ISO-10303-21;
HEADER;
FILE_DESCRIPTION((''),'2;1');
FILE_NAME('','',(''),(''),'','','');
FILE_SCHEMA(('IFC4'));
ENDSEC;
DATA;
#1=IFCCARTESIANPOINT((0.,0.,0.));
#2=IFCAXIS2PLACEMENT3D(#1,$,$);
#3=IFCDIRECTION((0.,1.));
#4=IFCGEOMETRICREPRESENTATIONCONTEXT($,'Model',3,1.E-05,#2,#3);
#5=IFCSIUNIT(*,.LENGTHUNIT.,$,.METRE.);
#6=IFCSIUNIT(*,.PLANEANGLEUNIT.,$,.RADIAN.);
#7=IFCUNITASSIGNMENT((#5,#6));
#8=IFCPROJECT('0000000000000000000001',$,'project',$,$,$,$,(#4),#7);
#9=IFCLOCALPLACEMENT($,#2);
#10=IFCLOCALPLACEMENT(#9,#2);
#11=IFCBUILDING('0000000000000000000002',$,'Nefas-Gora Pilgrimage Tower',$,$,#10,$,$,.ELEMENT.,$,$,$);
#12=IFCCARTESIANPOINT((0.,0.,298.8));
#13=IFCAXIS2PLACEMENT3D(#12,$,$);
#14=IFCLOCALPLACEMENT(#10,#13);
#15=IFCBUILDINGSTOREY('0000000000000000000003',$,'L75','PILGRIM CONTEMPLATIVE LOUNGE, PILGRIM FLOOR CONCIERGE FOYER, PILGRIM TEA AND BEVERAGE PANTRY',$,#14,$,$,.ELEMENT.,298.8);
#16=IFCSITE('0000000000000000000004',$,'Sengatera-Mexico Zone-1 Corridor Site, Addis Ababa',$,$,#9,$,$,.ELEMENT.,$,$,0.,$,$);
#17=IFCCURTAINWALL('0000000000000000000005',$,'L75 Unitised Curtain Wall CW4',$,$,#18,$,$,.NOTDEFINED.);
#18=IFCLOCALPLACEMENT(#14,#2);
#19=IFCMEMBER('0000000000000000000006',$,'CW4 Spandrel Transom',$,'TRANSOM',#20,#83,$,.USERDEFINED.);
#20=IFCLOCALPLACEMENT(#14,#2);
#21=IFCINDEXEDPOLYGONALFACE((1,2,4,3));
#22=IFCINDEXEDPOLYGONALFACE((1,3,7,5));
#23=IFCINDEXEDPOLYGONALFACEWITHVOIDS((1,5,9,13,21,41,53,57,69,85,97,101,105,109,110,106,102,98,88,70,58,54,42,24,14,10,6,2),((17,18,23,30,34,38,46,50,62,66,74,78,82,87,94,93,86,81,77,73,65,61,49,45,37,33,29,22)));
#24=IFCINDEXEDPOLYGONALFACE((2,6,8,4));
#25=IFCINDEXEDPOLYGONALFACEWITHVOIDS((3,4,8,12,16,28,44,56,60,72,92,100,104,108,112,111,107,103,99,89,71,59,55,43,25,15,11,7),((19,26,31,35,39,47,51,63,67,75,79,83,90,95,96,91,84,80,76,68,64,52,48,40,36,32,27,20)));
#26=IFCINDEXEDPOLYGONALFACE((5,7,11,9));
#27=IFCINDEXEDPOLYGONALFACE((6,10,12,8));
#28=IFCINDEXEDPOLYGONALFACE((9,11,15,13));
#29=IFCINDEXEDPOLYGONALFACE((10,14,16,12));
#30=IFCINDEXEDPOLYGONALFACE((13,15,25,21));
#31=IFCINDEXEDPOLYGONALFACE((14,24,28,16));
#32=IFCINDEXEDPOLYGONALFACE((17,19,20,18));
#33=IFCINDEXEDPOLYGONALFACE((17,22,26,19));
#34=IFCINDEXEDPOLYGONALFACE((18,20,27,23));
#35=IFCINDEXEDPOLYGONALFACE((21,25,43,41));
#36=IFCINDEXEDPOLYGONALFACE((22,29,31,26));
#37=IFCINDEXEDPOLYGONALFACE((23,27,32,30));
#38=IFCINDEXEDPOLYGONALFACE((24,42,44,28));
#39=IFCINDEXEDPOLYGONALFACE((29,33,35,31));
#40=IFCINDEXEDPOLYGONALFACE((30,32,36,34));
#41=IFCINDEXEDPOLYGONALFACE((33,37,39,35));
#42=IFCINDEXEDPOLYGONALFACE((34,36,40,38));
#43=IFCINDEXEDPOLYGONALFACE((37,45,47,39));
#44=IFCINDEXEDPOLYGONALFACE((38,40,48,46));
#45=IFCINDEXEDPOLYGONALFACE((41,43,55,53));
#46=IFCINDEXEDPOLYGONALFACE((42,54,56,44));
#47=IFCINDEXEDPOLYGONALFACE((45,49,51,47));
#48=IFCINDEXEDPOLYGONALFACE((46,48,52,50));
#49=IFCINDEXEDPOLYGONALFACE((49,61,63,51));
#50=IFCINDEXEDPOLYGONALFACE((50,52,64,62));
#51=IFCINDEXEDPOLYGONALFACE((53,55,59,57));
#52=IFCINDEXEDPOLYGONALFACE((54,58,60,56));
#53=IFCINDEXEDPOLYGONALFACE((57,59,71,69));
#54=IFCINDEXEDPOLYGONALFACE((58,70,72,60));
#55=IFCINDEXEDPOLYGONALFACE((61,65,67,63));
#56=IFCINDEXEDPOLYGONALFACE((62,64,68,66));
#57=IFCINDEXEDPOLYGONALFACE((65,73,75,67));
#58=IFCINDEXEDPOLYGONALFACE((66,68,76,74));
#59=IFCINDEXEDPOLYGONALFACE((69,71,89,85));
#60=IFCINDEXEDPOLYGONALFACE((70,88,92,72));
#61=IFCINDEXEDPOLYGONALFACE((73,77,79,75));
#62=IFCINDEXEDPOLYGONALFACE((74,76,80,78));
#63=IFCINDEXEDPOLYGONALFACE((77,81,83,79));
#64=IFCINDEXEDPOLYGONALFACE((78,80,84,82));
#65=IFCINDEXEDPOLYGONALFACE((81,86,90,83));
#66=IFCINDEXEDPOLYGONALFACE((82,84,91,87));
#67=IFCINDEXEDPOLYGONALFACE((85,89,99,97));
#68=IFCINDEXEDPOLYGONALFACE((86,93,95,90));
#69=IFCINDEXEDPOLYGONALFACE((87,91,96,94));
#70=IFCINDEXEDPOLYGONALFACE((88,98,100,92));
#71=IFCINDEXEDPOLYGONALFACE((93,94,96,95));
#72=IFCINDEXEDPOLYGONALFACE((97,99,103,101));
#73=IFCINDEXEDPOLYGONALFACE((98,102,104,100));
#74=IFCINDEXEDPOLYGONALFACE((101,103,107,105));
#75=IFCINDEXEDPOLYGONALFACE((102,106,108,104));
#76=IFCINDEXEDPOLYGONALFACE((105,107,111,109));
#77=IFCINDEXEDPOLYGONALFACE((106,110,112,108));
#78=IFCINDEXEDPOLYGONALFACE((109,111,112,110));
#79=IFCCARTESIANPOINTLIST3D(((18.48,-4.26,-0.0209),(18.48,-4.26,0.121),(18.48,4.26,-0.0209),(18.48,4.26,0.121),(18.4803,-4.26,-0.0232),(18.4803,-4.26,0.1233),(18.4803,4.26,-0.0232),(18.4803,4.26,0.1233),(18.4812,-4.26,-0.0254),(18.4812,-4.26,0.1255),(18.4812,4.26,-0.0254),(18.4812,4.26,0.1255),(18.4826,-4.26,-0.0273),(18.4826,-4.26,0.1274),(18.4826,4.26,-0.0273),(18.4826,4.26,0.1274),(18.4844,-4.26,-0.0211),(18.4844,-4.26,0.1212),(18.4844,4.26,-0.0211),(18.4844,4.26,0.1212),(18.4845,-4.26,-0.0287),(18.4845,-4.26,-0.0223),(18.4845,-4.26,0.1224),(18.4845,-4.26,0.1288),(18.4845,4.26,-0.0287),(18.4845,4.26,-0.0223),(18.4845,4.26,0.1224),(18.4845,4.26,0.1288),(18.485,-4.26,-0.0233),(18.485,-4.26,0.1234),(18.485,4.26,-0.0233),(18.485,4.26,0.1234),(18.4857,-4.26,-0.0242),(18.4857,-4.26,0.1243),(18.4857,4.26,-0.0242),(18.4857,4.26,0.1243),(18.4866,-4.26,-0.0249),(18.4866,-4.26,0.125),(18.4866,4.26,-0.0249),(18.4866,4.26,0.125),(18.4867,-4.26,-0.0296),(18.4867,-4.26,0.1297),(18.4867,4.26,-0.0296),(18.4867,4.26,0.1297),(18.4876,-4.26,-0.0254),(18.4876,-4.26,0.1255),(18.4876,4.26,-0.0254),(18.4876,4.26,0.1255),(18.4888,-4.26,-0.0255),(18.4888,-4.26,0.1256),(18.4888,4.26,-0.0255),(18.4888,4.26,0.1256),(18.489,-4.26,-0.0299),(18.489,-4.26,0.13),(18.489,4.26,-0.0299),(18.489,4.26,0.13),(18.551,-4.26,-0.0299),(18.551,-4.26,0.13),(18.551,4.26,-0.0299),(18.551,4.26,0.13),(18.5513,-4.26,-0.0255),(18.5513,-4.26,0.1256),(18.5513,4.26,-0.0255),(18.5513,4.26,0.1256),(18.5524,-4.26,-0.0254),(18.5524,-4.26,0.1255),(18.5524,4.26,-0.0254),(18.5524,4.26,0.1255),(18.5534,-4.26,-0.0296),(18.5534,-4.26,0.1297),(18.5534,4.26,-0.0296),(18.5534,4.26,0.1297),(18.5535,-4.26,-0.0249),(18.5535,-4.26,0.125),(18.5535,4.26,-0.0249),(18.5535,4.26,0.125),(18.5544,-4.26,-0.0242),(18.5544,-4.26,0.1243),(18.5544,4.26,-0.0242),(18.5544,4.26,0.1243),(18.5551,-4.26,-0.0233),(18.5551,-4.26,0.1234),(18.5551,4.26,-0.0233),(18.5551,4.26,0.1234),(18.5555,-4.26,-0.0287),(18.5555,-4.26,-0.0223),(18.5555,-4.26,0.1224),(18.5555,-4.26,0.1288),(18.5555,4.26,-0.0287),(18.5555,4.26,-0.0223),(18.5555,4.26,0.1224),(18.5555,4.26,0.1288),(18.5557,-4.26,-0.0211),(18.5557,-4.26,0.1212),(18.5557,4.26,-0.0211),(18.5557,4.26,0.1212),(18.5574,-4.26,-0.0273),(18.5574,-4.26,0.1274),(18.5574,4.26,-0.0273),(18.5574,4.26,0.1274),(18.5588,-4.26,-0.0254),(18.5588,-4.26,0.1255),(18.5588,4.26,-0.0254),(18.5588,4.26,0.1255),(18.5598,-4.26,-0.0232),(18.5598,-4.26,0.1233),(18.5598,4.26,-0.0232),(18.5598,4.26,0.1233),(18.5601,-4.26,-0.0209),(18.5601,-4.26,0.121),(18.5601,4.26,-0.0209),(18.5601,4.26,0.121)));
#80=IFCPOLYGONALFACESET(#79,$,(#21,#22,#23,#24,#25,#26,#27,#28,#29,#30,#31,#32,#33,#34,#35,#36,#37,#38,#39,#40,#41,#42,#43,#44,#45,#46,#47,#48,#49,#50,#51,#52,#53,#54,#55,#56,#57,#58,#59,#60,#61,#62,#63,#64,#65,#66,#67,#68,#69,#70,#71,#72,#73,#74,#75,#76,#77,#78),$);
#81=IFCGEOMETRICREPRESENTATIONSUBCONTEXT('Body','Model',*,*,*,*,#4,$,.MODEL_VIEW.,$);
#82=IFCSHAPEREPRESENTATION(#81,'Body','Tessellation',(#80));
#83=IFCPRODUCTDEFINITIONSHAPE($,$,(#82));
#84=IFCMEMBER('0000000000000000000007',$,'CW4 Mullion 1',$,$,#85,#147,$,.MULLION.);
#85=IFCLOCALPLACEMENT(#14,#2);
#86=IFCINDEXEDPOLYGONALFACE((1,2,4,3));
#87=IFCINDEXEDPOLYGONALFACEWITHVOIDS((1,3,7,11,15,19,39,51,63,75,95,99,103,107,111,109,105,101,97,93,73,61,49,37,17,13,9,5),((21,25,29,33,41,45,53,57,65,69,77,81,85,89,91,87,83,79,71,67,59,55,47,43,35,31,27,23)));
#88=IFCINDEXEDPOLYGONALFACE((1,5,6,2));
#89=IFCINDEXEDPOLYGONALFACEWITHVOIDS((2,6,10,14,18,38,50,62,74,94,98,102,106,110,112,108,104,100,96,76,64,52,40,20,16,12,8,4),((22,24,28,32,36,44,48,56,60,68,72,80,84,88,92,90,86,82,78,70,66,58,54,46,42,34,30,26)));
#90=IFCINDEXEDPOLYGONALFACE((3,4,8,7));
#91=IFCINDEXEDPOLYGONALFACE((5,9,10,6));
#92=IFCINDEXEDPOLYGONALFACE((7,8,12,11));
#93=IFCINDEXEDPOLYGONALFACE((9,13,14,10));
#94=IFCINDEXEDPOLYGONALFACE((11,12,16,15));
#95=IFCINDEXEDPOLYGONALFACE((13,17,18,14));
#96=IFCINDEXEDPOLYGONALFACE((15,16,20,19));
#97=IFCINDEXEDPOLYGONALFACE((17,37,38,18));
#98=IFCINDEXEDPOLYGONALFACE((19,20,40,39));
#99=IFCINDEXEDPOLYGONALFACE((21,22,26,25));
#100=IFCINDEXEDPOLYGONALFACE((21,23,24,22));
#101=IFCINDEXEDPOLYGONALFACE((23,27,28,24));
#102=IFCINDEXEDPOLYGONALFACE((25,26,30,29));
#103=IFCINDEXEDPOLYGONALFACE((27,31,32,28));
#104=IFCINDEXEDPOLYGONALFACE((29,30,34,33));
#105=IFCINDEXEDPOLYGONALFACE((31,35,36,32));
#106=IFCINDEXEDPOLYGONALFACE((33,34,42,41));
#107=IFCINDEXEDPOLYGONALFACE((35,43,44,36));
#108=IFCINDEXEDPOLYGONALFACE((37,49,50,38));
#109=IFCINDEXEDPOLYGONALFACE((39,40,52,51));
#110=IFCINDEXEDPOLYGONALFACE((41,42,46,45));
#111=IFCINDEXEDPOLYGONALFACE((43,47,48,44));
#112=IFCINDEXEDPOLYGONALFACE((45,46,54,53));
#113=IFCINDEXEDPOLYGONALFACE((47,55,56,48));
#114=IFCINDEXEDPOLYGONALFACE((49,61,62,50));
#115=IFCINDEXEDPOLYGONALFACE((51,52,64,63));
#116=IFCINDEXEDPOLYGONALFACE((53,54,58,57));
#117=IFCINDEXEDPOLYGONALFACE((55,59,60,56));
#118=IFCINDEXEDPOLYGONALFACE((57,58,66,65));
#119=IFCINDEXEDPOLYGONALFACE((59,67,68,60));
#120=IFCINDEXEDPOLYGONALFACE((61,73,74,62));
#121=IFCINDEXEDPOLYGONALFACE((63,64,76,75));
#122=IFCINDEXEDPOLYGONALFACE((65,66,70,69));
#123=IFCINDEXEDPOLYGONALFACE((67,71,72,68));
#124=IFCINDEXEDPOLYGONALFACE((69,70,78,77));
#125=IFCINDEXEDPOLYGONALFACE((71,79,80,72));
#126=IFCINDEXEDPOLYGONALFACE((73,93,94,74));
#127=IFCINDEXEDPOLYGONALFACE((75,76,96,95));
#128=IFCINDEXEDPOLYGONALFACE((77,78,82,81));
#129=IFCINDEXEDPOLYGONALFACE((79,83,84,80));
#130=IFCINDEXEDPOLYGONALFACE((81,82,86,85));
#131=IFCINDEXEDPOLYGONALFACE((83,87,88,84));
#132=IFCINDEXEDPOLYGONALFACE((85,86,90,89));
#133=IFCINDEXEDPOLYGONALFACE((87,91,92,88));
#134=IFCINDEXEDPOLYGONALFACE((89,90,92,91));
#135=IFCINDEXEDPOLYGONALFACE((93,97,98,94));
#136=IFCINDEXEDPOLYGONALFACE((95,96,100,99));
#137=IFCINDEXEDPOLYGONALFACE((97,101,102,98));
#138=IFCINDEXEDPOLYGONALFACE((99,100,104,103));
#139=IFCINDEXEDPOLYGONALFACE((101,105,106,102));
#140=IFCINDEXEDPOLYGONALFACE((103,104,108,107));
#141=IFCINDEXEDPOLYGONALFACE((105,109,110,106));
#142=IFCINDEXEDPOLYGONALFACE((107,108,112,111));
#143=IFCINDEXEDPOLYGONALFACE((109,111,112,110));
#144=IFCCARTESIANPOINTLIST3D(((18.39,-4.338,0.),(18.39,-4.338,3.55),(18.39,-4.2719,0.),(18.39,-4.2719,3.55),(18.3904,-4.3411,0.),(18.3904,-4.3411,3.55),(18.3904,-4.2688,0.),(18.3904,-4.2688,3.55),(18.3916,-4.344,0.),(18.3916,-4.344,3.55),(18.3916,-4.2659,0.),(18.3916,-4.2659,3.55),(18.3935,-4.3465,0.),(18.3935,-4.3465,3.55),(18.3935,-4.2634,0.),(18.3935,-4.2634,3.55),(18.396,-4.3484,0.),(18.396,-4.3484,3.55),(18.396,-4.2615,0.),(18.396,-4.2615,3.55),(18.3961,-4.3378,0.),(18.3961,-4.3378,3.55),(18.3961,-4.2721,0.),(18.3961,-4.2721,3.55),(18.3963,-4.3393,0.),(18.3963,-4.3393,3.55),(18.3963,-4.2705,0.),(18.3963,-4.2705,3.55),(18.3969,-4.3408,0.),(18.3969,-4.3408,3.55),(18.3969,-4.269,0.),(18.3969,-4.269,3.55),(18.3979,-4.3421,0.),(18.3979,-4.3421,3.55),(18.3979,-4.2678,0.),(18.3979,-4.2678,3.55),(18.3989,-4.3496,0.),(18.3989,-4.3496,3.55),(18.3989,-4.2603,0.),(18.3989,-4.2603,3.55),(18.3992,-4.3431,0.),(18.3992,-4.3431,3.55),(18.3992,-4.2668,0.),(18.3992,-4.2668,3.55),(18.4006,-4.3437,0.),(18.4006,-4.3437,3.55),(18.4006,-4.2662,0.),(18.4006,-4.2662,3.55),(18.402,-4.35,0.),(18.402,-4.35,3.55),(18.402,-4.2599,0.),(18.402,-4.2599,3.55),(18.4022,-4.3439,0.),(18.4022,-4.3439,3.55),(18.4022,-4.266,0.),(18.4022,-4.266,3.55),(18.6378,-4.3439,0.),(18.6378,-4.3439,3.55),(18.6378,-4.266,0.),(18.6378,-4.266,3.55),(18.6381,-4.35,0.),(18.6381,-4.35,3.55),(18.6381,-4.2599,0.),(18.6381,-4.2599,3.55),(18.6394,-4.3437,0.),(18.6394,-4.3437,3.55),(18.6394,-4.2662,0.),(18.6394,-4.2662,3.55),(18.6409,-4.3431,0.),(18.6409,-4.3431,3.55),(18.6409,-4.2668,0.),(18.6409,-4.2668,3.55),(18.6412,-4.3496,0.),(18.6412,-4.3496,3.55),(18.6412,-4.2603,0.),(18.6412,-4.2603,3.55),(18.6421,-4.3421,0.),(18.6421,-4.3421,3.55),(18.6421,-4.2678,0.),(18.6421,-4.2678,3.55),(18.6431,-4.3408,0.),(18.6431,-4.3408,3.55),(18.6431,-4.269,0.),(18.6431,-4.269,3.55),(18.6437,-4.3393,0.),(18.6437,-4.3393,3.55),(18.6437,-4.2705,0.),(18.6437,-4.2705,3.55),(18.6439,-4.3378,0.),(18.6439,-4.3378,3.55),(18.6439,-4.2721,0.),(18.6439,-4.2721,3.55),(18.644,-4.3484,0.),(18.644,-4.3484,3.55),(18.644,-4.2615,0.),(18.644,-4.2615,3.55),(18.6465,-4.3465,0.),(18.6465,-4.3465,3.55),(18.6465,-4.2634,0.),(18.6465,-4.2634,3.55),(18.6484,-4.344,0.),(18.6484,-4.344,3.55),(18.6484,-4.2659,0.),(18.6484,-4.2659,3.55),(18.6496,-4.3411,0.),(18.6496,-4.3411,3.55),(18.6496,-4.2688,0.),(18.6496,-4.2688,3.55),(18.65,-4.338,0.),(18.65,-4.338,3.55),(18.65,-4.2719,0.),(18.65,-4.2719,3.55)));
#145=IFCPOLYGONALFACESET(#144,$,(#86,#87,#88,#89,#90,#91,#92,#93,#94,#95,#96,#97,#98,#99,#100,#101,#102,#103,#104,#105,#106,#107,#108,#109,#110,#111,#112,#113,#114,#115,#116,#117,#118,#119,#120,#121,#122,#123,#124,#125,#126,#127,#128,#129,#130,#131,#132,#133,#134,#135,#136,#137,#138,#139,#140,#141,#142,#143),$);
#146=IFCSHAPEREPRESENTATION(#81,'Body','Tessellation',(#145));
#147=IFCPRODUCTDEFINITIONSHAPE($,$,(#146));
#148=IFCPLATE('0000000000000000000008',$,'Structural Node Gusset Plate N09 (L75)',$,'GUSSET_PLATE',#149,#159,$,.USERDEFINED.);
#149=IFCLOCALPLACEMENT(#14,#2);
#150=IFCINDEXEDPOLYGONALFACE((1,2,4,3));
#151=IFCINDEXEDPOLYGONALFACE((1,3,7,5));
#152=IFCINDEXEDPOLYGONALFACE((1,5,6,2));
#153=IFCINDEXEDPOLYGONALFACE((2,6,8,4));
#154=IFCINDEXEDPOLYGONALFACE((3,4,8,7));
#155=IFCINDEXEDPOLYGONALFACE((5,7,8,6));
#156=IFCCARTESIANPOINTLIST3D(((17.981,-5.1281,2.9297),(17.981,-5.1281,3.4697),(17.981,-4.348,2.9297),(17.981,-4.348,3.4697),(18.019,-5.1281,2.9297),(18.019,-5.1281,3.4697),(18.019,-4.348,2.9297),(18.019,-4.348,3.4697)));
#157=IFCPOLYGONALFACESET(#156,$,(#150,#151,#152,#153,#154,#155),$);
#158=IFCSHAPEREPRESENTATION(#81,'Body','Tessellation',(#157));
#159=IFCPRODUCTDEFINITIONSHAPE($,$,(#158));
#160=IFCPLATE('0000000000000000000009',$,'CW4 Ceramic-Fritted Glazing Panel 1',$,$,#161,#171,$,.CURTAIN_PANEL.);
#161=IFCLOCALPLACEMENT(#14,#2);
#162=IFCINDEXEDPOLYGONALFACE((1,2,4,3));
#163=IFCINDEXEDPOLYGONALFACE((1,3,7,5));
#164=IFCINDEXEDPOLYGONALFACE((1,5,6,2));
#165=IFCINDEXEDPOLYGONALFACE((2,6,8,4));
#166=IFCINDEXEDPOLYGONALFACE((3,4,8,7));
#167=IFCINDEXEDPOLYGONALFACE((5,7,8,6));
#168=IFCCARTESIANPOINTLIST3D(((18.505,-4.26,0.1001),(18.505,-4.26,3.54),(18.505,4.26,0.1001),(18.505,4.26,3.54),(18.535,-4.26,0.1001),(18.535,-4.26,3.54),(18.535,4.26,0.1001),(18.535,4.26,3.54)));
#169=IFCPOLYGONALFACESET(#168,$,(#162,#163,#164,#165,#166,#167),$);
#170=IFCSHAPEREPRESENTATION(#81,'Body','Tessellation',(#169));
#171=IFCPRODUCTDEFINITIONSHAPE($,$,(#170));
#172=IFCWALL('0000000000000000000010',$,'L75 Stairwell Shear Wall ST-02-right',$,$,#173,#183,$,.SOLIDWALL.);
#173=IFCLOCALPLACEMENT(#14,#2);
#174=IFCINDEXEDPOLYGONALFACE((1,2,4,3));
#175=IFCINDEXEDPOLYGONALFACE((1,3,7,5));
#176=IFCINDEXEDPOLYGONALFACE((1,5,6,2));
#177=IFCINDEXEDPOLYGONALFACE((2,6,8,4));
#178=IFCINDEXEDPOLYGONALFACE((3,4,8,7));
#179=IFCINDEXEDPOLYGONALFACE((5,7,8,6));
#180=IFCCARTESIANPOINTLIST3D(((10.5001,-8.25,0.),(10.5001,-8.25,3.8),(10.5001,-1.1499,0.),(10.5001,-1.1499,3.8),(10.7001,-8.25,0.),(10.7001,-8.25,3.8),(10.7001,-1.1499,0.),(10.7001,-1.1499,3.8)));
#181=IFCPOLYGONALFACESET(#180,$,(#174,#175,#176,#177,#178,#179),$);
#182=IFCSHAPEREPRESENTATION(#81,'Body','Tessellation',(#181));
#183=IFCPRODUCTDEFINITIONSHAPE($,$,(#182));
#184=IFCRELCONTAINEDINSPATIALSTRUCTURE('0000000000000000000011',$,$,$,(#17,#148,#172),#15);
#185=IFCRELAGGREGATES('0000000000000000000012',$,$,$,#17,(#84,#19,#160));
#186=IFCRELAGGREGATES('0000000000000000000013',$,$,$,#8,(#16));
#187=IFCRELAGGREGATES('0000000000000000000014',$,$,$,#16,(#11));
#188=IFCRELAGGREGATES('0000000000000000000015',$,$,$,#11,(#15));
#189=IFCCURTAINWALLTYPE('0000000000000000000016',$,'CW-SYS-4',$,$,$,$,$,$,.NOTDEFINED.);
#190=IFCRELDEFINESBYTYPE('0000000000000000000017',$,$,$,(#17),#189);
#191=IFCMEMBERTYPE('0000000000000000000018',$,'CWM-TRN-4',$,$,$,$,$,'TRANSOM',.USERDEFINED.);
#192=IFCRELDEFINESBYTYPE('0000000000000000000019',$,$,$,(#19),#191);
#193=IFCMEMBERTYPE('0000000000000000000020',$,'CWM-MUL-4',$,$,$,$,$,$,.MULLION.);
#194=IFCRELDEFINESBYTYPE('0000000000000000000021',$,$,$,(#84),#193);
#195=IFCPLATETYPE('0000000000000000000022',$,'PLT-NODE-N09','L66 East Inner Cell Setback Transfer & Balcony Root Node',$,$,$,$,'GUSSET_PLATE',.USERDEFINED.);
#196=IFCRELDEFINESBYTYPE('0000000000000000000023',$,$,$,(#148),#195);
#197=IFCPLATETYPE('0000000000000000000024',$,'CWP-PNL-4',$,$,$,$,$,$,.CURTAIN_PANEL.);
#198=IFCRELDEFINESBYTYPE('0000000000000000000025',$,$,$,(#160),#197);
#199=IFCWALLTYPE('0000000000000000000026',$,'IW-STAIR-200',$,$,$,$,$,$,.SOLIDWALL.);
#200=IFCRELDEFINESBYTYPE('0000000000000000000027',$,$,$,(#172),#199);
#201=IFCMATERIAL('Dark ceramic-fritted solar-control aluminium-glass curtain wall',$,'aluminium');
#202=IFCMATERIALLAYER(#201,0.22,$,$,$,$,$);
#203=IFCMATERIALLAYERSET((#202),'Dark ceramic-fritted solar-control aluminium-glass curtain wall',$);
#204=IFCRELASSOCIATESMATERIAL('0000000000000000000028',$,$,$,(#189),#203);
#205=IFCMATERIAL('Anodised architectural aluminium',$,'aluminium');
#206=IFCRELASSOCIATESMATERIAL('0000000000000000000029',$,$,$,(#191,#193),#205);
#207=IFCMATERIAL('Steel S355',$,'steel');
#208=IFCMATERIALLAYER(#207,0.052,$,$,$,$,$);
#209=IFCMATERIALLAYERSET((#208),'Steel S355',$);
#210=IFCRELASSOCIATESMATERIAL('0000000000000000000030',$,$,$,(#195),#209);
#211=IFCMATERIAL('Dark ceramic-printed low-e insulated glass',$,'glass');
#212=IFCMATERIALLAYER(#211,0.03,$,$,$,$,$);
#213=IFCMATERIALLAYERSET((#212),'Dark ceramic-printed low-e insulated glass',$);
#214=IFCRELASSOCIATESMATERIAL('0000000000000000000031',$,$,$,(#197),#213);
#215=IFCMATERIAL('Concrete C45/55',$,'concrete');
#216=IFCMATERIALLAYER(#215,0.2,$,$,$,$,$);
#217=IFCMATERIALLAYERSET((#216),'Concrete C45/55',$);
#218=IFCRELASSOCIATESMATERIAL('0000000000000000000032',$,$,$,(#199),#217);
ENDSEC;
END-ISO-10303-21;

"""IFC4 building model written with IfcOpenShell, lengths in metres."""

from ifc_helpers import new_model, si_unit, direction, frame, frame_2d, origin, origin_2d, place, context, subcontext, project, spatial, rectangle, hollow_rectangle, extrude, source, transform, mapped, material, layer, layer_set, material_profile, profile_set, type_object, element, aggregate, save


model = new_model("IFC4")

# Units and contexts
model_context = context("Model", 3, precision=1e-05, world=origin(), true_north=direction((0.0, 1.0)))
body_context = subcontext(model_context, "Body", "Model", "MODEL_VIEW")
ifc_project = project(units=[si_unit("LENGTHUNIT", "METRE"), si_unit("PLANEANGLEUNIT", "RADIAN")], contexts=[model_context])

# Site, building, storey
site_placement = place(None, origin())
site = spatial("IfcSite", under=ifc_project, at=site_placement, Name="Sengatera-Mexico Zone-1 Corridor Site, Addis Ababa", CompositionType="ELEMENT", RefElevation=0.0)
building_placement = place(site_placement, origin())
building = spatial("IfcBuilding", under=site, at=building_placement, Name="Nefas-Gora Pilgrimage Tower", CompositionType="ELEMENT")
storey_placement = place(building_placement, frame((0.0, 0.0, 298.8)))
storey = spatial("IfcBuildingStorey", under=building, at=storey_placement, Name="L75", Description="PILGRIM CONTEMPLATIVE LOUNGE, PILGRIM FLOOR CONCIERGE FOYER, PILGRIM TEA AND BEVERAGE PANTRY", CompositionType="ELEMENT", Elevation=298.8)

# Shared definitions
ifc_material_1 = material(Name="Steel S355", Category="steel")

# Curtain wall, members
ifc_material_2 = material(Name="Dark ceramic-fritted solar-control aluminium-glass curtain wall", Category="aluminium")
ifc_layer_1 = layer(ifc_material_2, 0.22)
ifc_layer_set_1 = layer_set([ifc_layer_1], Name="Dark ceramic-fritted solar-control aluminium-glass curtain wall")
curtain_wall_type = type_object("IfcCurtainWallType", Name="CW-SYS-4", PredefinedType="NOTDEFINED", material=ifc_layer_set_1)
curtain_wall_placement = place(storey_placement, origin())
curtain_wall = element("IfcCurtainWall", 1, at=curtain_wall_placement, inside=storey, type_object=curtain_wall_type, Name="L75 Unitised Curtain Wall CW4", PredefinedType="NOTDEFINED")
ifc_material_3 = material(Name="Anodised architectural aluminium", Category="aluminium")
ifc_material_profile_1 = material_profile(ifc_material_3, hollow_rectangle(XDim=0.0801, YDim=0.1599, WallThickness=0.0044, InnerFilletRadius=0.0044, OuterFilletRadius=0.009, at=origin_2d()), Name="ALU TRANSOM 80x160")
ifc_profile_set_1 = profile_set([ifc_material_profile_1], Name="Anodised architectural aluminium")
member_type_1 = type_object("IfcMemberType", Name="CWM-TRN-4", ElementType="TRANSOM", PredefinedType="USERDEFINED", material=ifc_profile_set_1)
shared_shape_1 = source(origin(), body_context, "Body", "SweptSolid", [
    extrude(hollow_rectangle(XDim=0.0801, YDim=0.1599, WallThickness=0.0044, InnerFilletRadius=0.0044, OuterFilletRadius=0.009, at=origin_2d()), origin(), (0.0, 0.0, 1.0), 8.52),
])
member_1_placement = place(storey_placement, frame((18.52, -4.26, 0.05), z_axis=(0.0, 1.0, 0.0), x_axis=(-1.0, 0.0, 0.0)))
member_1 = element("IfcMember", 2, at=member_1_placement, type_object=member_type_1, Name="CW4 Spandrel Transom", ObjectType="TRANSOM", PredefinedType="USERDEFINED", context=body_context, shape_type="MappedRepresentation", body=[
    mapped(shared_shape_1, transform((0.0, 0.0, 0.0), x_axis=(1.0, 0.0, 0.0), y_axis=(0.0, 1.0, 0.0), z_axis=(0.0, 0.0, 1.0), scale=1.0)),
])
ifc_material_profile_2 = material_profile(ifc_material_3, hollow_rectangle(XDim=0.0901, YDim=0.26, WallThickness=0.0061, InnerFilletRadius=0.0061, OuterFilletRadius=0.012, at=origin_2d()), Name="ALU MULLION 90x260")
ifc_profile_set_2 = profile_set([ifc_material_profile_2], Name="Anodised architectural aluminium")
member_type_2 = type_object("IfcMemberType", Name="CWM-MUL-4", PredefinedType="MULLION", material=ifc_profile_set_2)
shared_shape_2 = source(origin(), body_context, "Body", "SweptSolid", [
    extrude(hollow_rectangle(XDim=0.0901, YDim=0.26, WallThickness=0.0061, InnerFilletRadius=0.0061, OuterFilletRadius=0.012, at=origin_2d()), origin(), (0.0, 0.0, 1.0), 3.55),
])
member_2_placement = place(storey_placement, frame((18.52, -4.3049, 0.0), z_axis=(0.0, 0.0, 1.0), x_axis=(0.0, 1.0, 0.0)))
member_2 = element("IfcMember", 3, at=member_2_placement, type_object=member_type_2, Name="CW4 Mullion 1", PredefinedType="MULLION", context=body_context, shape_type="MappedRepresentation", body=[
    mapped(shared_shape_2, transform((0.0, 0.0, 0.0), x_axis=(1.0, 0.0, 0.0), y_axis=(0.0, 1.0, 0.0), z_axis=(0.0, 0.0, 1.0), scale=1.0)),
])

# Plates
ifc_layer_2 = layer(ifc_material_1, 0.052)
ifc_layer_set_2 = layer_set([ifc_layer_2], Name="Steel S355")
plate_type_1 = type_object("IfcPlateType", Name="PLT-NODE-N09", Description="L66 East Inner Cell Setback Transfer & Balcony Root Node", ElementType="GUSSET_PLATE", PredefinedType="USERDEFINED", material=ifc_layer_set_2)
shared_shape_3 = source(origin(), body_context, "Body", "SweptSolid", [
    extrude(rectangle(XDim=0.78, YDim=0.0381, at=origin_2d()), origin(), (0.0, 0.0, 1.0), 0.54),
])
plate_1_placement = place(storey_placement, frame((18.0, -4.738, 2.9297), z_axis=(0.0, 0.0, 1.0), x_axis=(0.0, 1.0, 0.0)))
element("IfcPlate", 4, at=plate_1_placement, inside=storey, type_object=plate_type_1, Name="Structural Node Gusset Plate N09 (L75)", ObjectType="GUSSET_PLATE", PredefinedType="USERDEFINED", context=body_context, shape_type="MappedRepresentation", body=[
    mapped(shared_shape_3, transform((0.0, 0.0, 0.0), x_axis=(1.0, 0.0, 0.0), y_axis=(0.0, 1.0, 0.0), z_axis=(0.0, 0.0, 1.0), scale=1.0)),
])
ifc_material_4 = material(Name="Dark ceramic-printed low-e insulated glass", Category="glass")
ifc_layer_3 = layer(ifc_material_4, 0.03)
ifc_layer_set_3 = layer_set([ifc_layer_3], Name="Dark ceramic-printed low-e insulated glass")
plate_type_2 = type_object("IfcPlateType", Name="CWP-PNL-4", PredefinedType="CURTAIN_PANEL", material=ifc_layer_set_3)
shared_shape_4 = source(origin(), body_context, "Body", "SweptSolid", [
    extrude(rectangle(XDim=8.52, YDim=0.03, at=origin_2d()), origin(), (0.0, 0.0, 1.0), 3.4399),
])
plate_2_placement = place(storey_placement, frame((18.52, 0.0, 0.1001), z_axis=(0.0, 0.0, 1.0), x_axis=(0.0, 1.0, 0.0)))
plate_2 = element("IfcPlate", 5, at=plate_2_placement, type_object=plate_type_2, Name="CW4 Ceramic-Fritted Glazing Panel 1", PredefinedType="CURTAIN_PANEL", context=body_context, shape_type="MappedRepresentation", body=[
    mapped(shared_shape_4, transform((0.0, 0.0, 0.0), x_axis=(1.0, 0.0, 0.0), y_axis=(0.0, 1.0, 0.0), z_axis=(0.0, 0.0, 1.0), scale=1.0)),
])
aggregate(curtain_wall, [member_2, member_1, plate_2])

# Wall
ifc_material_5 = material(Name="Concrete C45/55", Category="concrete")
ifc_layer_4 = layer(ifc_material_5, 0.2)
ifc_layer_set_4 = layer_set([ifc_layer_4], Name="Concrete C45/55")
wall_type_1 = type_object("IfcWallType", Name="IW-STAIR-200", PredefinedType="SOLIDWALL", material=ifc_layer_set_4)
shared_shape_5 = source(origin(), body_context, "Body", "SweptSolid", [
    extrude(rectangle(XDim=7.1001, YDim=0.2, at=frame_2d((3.55, 0.0))), origin(), (0.0, 0.0, 1.0), 3.8),
])
wall_1_placement = place(storey_placement, frame((10.6001, -1.1499, 0.0), z_axis=(0.0, 0.0, 1.0), x_axis=(0.0, -1.0, 0.0)))
element("IfcWall", 6, at=wall_1_placement, inside=storey, type_object=wall_type_1, Name="L75 Stairwell Shear Wall ST-02-right", PredefinedType="SOLIDWALL", context=body_context, shape_type="MappedRepresentation", body=[
    mapped(shared_shape_5, transform((0.0, 0.0, 0.0), x_axis=(1.0, 0.0, 0.0), y_axis=(0.0, 1.0, 0.0), z_axis=(0.0, 0.0, 1.0), scale=1.0)),
])

save(model, "model.ifc")
